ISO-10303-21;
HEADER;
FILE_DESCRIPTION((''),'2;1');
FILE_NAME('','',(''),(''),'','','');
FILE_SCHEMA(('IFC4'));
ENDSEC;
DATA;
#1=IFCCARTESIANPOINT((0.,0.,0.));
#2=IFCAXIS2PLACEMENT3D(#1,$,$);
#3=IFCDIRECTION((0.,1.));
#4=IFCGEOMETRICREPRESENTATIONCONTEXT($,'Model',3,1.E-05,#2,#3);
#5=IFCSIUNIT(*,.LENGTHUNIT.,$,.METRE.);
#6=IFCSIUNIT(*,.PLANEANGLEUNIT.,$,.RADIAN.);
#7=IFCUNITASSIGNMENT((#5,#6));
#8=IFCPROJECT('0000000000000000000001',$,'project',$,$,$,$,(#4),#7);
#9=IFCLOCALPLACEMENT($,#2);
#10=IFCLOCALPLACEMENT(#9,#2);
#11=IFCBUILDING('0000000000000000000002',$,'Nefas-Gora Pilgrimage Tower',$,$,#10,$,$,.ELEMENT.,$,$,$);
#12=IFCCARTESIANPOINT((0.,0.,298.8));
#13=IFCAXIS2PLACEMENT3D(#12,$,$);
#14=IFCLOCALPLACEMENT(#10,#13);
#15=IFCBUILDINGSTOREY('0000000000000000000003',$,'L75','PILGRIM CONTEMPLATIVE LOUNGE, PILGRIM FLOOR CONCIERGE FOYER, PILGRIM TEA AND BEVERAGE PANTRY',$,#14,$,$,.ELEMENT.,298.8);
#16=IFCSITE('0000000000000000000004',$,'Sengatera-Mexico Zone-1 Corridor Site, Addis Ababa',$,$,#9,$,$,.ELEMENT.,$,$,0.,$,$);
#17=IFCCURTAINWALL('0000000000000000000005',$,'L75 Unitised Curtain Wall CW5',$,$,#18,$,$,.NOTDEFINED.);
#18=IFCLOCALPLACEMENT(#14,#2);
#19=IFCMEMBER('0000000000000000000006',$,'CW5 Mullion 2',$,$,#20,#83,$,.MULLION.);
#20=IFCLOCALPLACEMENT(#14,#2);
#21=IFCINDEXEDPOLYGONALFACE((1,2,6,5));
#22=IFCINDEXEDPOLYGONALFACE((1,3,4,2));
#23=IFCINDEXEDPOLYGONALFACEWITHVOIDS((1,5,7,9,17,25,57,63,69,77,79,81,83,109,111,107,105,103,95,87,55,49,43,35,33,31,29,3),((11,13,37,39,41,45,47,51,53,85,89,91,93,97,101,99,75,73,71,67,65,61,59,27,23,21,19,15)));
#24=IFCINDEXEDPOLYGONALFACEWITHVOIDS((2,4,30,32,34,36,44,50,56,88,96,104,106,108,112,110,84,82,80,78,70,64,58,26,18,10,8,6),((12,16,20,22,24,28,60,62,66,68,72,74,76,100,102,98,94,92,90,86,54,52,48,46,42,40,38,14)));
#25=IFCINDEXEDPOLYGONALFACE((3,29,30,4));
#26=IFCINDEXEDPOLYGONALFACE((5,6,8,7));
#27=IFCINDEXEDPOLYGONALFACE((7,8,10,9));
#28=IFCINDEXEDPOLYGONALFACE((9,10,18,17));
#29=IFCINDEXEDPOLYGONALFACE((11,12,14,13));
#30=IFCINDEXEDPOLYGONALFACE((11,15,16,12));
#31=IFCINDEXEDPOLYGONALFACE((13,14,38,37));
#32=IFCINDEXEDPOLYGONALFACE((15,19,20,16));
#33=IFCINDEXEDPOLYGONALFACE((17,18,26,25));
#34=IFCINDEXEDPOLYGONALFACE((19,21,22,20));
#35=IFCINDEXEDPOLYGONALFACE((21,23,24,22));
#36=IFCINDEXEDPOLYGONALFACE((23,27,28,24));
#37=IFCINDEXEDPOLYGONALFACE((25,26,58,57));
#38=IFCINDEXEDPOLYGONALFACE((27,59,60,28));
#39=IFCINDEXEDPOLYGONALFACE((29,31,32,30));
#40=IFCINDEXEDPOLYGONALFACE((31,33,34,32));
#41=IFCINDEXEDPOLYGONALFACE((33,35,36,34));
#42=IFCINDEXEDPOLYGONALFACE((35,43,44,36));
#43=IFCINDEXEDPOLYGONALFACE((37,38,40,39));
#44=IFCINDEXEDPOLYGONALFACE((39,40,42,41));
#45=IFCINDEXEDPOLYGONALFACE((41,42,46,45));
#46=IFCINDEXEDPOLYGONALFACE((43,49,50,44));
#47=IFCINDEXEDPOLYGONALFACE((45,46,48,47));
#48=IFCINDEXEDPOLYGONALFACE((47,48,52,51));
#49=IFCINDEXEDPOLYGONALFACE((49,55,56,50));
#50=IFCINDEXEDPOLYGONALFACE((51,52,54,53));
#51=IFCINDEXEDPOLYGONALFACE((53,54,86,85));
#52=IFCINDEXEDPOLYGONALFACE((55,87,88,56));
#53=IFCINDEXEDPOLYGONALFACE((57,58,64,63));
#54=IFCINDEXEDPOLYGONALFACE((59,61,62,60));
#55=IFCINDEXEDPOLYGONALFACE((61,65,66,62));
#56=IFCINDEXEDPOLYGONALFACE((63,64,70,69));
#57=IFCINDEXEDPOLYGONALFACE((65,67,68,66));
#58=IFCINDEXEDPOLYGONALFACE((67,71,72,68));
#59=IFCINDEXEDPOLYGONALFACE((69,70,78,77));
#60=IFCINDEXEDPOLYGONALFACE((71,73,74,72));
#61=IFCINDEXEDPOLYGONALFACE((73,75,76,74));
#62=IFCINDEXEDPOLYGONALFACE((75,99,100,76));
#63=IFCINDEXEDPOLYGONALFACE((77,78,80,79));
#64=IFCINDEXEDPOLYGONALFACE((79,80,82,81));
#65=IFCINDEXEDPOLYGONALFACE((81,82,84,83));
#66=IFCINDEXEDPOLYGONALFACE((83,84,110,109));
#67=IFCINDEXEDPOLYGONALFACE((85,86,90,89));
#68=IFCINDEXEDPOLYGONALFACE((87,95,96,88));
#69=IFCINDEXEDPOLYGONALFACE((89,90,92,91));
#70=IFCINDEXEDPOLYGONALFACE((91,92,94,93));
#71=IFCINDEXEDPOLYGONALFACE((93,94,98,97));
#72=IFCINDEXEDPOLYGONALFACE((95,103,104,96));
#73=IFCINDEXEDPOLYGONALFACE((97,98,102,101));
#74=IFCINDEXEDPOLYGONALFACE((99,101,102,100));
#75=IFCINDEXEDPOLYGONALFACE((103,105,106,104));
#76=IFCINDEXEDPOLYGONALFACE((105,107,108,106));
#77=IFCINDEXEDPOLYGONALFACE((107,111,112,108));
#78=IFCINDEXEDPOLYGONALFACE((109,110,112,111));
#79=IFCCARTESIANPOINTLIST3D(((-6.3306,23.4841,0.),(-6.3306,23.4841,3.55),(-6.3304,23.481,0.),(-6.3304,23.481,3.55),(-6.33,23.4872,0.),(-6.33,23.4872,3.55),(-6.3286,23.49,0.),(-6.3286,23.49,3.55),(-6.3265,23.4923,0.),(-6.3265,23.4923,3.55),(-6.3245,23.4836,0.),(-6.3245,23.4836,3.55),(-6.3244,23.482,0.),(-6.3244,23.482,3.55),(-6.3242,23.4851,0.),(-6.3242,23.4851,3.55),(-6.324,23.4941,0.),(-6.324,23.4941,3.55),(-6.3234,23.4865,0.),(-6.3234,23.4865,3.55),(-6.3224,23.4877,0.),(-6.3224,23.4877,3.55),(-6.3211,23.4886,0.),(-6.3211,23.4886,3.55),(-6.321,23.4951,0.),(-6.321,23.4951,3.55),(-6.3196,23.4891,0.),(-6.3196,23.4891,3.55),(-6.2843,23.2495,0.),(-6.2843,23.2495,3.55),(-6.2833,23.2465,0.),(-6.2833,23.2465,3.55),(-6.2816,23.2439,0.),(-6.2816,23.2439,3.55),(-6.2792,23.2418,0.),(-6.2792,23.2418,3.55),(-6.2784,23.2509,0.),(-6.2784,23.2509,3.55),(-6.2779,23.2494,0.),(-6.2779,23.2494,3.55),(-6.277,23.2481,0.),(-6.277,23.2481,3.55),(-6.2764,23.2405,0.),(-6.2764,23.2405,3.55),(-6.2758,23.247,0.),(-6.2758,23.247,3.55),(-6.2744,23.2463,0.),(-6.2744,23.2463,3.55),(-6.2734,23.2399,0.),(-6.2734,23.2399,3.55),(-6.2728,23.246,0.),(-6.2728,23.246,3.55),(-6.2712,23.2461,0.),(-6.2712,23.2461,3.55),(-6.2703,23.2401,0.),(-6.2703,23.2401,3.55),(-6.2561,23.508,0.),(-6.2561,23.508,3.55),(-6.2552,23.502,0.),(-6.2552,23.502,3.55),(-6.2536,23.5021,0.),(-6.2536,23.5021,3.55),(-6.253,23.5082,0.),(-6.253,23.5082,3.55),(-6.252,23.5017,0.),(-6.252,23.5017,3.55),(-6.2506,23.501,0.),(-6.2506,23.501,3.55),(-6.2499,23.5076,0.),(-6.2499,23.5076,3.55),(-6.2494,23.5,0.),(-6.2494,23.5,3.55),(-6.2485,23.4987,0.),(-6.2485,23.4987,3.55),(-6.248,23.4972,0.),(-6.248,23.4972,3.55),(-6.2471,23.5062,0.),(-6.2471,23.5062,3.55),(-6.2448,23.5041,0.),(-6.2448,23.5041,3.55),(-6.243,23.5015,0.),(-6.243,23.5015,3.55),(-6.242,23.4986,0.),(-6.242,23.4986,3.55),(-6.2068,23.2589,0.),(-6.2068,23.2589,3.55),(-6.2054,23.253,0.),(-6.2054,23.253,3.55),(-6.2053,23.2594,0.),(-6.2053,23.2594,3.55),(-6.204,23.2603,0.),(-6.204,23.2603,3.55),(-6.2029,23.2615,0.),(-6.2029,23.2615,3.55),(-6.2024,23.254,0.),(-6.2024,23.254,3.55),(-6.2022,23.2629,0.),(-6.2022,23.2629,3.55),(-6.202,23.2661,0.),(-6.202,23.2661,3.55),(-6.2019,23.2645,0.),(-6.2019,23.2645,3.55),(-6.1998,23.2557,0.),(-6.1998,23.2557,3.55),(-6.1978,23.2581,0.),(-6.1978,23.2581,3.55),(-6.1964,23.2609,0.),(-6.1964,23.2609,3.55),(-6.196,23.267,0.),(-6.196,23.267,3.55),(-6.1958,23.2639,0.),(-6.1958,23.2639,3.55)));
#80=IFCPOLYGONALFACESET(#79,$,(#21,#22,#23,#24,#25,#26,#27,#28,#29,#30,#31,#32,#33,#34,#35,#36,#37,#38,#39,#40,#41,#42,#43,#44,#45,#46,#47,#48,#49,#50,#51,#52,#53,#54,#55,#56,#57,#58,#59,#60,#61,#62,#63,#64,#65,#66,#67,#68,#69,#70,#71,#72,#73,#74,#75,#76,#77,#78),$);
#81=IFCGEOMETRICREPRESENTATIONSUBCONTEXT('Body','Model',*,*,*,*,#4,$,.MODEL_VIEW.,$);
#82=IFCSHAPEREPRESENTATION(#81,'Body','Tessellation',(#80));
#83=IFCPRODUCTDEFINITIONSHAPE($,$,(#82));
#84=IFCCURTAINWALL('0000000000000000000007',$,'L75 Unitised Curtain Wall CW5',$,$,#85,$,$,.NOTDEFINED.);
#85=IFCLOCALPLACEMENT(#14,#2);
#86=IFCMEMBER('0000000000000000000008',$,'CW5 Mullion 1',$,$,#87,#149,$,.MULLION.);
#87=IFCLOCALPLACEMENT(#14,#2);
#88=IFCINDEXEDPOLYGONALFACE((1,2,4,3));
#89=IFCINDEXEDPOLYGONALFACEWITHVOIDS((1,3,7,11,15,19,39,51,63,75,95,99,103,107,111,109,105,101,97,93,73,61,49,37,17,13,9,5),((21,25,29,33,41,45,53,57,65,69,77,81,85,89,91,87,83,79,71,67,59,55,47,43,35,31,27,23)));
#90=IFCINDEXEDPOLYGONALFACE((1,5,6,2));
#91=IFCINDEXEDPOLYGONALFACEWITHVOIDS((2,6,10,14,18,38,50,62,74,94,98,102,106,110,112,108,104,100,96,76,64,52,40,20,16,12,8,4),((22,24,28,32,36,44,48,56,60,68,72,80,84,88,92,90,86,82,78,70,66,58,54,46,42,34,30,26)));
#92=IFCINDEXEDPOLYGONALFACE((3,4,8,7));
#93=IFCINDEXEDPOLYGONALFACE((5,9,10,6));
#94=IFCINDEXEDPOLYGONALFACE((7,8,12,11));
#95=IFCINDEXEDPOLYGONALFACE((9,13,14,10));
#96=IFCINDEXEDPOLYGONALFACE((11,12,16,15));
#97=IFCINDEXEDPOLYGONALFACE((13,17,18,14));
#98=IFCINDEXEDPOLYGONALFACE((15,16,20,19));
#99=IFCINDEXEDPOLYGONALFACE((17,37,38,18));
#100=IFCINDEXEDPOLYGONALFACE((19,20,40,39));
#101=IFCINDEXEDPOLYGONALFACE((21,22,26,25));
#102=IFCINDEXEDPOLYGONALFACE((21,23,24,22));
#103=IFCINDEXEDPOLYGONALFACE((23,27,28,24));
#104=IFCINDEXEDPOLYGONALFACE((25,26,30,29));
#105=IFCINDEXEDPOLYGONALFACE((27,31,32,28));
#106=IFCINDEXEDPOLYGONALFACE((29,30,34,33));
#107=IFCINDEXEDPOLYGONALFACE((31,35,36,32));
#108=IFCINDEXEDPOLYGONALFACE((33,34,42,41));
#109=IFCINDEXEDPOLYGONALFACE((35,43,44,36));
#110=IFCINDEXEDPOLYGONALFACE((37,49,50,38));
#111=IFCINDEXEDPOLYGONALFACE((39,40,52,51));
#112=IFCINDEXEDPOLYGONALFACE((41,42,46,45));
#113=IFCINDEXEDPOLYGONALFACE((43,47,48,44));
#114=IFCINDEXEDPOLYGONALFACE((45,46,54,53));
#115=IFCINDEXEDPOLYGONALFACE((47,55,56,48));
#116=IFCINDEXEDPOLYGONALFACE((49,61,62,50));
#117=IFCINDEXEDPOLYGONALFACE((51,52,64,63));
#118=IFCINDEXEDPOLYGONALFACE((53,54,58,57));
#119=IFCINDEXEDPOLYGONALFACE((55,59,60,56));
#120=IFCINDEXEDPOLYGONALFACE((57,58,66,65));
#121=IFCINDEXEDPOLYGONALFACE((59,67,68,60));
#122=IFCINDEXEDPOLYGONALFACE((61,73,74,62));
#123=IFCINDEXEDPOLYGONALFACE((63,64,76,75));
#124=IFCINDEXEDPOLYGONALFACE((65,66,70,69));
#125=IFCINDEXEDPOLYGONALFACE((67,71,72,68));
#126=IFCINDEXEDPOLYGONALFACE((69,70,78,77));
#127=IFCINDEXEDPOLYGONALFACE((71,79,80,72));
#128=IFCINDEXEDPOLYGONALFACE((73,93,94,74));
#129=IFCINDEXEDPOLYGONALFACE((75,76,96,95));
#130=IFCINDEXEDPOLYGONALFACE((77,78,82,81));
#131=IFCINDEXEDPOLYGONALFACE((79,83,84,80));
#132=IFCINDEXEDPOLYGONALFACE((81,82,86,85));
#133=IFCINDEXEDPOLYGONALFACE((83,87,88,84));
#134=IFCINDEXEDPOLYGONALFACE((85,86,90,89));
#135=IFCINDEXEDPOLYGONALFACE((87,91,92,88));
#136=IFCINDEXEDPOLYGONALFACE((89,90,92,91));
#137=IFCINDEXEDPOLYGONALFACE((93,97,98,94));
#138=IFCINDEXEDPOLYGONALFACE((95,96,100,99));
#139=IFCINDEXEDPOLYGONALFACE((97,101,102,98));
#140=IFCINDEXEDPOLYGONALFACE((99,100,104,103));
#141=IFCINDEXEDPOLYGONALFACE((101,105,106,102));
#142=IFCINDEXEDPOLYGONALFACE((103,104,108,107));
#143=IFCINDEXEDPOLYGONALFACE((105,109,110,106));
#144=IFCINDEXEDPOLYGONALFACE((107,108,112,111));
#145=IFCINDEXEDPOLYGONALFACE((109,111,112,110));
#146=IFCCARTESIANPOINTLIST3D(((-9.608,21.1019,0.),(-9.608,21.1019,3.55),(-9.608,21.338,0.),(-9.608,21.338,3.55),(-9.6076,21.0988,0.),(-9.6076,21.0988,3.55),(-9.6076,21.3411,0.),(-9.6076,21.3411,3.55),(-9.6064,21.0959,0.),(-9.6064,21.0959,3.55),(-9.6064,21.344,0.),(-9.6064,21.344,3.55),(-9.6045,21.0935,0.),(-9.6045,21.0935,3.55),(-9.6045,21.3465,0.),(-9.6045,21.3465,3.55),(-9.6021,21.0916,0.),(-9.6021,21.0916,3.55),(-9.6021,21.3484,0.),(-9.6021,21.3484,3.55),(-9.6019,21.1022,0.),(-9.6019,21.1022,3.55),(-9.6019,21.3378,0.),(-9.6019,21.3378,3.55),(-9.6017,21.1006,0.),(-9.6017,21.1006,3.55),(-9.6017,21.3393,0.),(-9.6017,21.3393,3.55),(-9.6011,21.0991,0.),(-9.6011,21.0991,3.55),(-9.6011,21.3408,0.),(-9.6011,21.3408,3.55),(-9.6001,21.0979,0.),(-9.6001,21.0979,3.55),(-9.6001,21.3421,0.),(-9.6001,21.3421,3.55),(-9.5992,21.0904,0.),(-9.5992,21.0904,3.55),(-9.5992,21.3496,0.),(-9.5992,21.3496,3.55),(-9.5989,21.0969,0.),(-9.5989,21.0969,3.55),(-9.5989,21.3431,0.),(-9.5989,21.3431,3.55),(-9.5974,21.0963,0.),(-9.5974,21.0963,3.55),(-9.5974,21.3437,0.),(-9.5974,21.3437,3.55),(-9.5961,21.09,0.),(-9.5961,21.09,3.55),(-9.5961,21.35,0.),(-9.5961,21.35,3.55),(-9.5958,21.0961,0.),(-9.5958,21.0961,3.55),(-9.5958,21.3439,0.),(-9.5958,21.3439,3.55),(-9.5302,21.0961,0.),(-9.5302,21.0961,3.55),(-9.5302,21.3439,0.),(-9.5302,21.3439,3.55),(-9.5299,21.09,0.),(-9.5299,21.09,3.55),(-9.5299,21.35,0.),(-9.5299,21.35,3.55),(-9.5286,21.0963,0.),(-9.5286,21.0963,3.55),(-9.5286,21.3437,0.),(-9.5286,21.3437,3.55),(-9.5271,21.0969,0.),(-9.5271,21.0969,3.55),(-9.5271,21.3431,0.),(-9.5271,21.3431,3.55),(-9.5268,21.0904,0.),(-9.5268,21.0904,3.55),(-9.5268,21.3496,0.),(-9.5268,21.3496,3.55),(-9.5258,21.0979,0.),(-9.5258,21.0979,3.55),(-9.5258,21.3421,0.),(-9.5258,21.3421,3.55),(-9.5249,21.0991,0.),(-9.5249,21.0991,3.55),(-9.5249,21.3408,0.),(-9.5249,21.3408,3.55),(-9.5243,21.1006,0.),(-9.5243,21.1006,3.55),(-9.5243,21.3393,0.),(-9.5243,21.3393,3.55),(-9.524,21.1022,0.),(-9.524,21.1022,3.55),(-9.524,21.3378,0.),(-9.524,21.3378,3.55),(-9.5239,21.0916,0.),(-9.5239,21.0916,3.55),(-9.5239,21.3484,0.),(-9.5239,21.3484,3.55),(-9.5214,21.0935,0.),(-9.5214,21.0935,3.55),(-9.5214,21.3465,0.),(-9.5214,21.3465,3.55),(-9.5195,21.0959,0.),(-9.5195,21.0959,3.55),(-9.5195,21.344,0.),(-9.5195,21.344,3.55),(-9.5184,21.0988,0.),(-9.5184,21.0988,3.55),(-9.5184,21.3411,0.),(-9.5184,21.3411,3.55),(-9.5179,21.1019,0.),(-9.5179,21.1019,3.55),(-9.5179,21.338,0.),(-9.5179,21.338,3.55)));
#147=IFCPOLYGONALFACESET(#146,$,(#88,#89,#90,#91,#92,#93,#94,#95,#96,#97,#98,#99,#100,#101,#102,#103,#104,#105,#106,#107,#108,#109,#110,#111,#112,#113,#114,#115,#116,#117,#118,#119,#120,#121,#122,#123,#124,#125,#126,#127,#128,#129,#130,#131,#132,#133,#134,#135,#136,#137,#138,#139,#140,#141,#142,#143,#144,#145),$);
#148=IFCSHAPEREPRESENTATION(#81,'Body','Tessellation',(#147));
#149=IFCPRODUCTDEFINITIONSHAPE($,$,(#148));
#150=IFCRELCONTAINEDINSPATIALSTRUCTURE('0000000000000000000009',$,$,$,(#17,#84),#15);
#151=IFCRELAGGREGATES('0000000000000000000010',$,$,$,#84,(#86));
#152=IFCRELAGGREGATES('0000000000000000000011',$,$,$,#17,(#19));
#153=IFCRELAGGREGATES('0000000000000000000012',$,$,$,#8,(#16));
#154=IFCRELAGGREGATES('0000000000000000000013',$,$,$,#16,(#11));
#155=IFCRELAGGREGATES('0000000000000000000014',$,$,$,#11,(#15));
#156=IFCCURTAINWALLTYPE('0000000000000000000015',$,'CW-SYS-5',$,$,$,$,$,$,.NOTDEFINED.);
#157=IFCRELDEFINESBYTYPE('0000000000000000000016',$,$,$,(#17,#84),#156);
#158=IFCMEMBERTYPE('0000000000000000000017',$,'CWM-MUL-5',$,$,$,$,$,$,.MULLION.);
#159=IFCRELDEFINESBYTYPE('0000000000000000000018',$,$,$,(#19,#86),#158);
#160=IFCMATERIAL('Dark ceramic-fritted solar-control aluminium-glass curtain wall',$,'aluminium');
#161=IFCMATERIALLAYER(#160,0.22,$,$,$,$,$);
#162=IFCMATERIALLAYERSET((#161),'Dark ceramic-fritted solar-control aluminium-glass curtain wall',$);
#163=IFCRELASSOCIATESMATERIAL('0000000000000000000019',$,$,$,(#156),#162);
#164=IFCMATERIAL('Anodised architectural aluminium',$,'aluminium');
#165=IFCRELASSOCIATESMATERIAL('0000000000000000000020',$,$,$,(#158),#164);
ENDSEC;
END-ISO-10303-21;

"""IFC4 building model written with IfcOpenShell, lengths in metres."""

from ifc_helpers import new_model, si_unit, direction, frame, origin, origin_2d, place, context, subcontext, project, spatial, hollow_rectangle, extrude, source, transform, mapped, material, layer, layer_set, material_profile, profile_set, type_object, element, aggregate, save


model = new_model("IFC4")

# Units and contexts
model_context = context("Model", 3, precision=1e-05, world=origin(), true_north=direction((0.0, 1.0)))
body_context = subcontext(model_context, "Body", "Model", "MODEL_VIEW")
ifc_project = project(units=[si_unit("LENGTHUNIT", "METRE"), si_unit("PLANEANGLEUNIT", "RADIAN")], contexts=[model_context])

# Site, building, storey
site_placement = place(None, origin())
site = spatial("IfcSite", under=ifc_project, at=site_placement, Name="Sengatera-Mexico Zone-1 Corridor Site, Addis Ababa", CompositionType="ELEMENT", RefElevation=0.0)
building_placement = place(site_placement, origin())
building = spatial("IfcBuilding", under=site, at=building_placement, Name="Nefas-Gora Pilgrimage Tower", CompositionType="ELEMENT")
storey_placement = place(building_placement, frame((0.0, 0.0, 298.8)))
storey = spatial("IfcBuildingStorey", under=building, at=storey_placement, Name="L75", Description="PILGRIM CONTEMPLATIVE LOUNGE, PILGRIM FLOOR CONCIERGE FOYER, PILGRIM TEA AND BEVERAGE PANTRY", CompositionType="ELEMENT", Elevation=298.8)

# Curtain wall, member
ifc_material_1 = material(Name="Dark ceramic-fritted solar-control aluminium-glass curtain wall", Category="aluminium")
ifc_layer_1 = layer(ifc_material_1, 0.22)
ifc_layer_set_1 = layer_set([ifc_layer_1], Name="Dark ceramic-fritted solar-control aluminium-glass curtain wall")
curtain_wall_type = type_object("IfcCurtainWallType", Name="CW-SYS-5", PredefinedType="NOTDEFINED", material=ifc_layer_set_1)
curtain_wall_1_placement = place(storey_placement, origin())
curtain_wall_1 = element("IfcCurtainWall", 1, at=curtain_wall_1_placement, inside=storey, type_object=curtain_wall_type, Name="L75 Unitised Curtain Wall CW5", PredefinedType="NOTDEFINED")
ifc_material_2 = material(Name="Anodised architectural aluminium", Category="aluminium")
ifc_material_profile_1 = material_profile(ifc_material_2, hollow_rectangle(XDim=0.0901, YDim=0.26, WallThickness=0.0061, InnerFilletRadius=0.0061, OuterFilletRadius=0.012, at=origin_2d()), Name="ALU MULLION 90x260")
ifc_profile_set_1 = profile_set([ifc_material_profile_1], Name="Anodised architectural aluminium")
member_type_1 = type_object("IfcMemberType", Name="CWM-MUL-5", PredefinedType="MULLION", material=ifc_profile_set_1)
shared_shape_1 = source(origin(), body_context, "Body", "SweptSolid", [
    extrude(hollow_rectangle(XDim=0.0901, YDim=0.26, WallThickness=0.0061, InnerFilletRadius=0.0061, OuterFilletRadius=0.012, at=origin_2d()), origin(), (0.0, 0.0, 1.0), 3.55),
])
member_1_placement = place(storey_placement, frame((-6.2632, 23.374, 0.0), z_axis=(0.0, 0.0, 1.0), x_axis=(-0.980783, -0.195102, 0.0)))
member_1 = element("IfcMember", 2, at=member_1_placement, type_object=member_type_1, Name="CW5 Mullion 2", PredefinedType="MULLION", context=body_context, shape_type="MappedRepresentation", body=[
    mapped(shared_shape_1, transform((0.0, 0.0, 0.0), x_axis=(1.0, 0.0, 0.0), y_axis=(0.0, 1.0, 0.0), z_axis=(0.0, 0.0, 1.0), scale=1.0)),
])

# Curtain wall, member
curtain_wall_2_placement = place(storey_placement, origin())
curtain_wall_2 = element("IfcCurtainWall", 3, at=curtain_wall_2_placement, inside=storey, type_object=curtain_wall_type, Name="L75 Unitised Curtain Wall CW5", PredefinedType="NOTDEFINED")
member_2_placement = place(storey_placement, frame((-9.563, 21.22, 0.0), z_axis=(0.0, 0.0, 1.0), x_axis=(-1.0, 0.0, 0.0)))
member_2 = element("IfcMember", 4, at=member_2_placement, type_object=member_type_1, Name="CW5 Mullion 1", PredefinedType="MULLION", context=body_context, shape_type="MappedRepresentation", body=[
    mapped(shared_shape_1, transform((0.0, 0.0, 0.0), x_axis=(1.0, 0.0, 0.0), y_axis=(0.0, 1.0, 0.0), z_axis=(0.0, 0.0, 1.0), scale=1.0)),
])
aggregate(curtain_wall_2, [member_2])

aggregate(curtain_wall_1, [member_1])

save(model, "model.ifc")
